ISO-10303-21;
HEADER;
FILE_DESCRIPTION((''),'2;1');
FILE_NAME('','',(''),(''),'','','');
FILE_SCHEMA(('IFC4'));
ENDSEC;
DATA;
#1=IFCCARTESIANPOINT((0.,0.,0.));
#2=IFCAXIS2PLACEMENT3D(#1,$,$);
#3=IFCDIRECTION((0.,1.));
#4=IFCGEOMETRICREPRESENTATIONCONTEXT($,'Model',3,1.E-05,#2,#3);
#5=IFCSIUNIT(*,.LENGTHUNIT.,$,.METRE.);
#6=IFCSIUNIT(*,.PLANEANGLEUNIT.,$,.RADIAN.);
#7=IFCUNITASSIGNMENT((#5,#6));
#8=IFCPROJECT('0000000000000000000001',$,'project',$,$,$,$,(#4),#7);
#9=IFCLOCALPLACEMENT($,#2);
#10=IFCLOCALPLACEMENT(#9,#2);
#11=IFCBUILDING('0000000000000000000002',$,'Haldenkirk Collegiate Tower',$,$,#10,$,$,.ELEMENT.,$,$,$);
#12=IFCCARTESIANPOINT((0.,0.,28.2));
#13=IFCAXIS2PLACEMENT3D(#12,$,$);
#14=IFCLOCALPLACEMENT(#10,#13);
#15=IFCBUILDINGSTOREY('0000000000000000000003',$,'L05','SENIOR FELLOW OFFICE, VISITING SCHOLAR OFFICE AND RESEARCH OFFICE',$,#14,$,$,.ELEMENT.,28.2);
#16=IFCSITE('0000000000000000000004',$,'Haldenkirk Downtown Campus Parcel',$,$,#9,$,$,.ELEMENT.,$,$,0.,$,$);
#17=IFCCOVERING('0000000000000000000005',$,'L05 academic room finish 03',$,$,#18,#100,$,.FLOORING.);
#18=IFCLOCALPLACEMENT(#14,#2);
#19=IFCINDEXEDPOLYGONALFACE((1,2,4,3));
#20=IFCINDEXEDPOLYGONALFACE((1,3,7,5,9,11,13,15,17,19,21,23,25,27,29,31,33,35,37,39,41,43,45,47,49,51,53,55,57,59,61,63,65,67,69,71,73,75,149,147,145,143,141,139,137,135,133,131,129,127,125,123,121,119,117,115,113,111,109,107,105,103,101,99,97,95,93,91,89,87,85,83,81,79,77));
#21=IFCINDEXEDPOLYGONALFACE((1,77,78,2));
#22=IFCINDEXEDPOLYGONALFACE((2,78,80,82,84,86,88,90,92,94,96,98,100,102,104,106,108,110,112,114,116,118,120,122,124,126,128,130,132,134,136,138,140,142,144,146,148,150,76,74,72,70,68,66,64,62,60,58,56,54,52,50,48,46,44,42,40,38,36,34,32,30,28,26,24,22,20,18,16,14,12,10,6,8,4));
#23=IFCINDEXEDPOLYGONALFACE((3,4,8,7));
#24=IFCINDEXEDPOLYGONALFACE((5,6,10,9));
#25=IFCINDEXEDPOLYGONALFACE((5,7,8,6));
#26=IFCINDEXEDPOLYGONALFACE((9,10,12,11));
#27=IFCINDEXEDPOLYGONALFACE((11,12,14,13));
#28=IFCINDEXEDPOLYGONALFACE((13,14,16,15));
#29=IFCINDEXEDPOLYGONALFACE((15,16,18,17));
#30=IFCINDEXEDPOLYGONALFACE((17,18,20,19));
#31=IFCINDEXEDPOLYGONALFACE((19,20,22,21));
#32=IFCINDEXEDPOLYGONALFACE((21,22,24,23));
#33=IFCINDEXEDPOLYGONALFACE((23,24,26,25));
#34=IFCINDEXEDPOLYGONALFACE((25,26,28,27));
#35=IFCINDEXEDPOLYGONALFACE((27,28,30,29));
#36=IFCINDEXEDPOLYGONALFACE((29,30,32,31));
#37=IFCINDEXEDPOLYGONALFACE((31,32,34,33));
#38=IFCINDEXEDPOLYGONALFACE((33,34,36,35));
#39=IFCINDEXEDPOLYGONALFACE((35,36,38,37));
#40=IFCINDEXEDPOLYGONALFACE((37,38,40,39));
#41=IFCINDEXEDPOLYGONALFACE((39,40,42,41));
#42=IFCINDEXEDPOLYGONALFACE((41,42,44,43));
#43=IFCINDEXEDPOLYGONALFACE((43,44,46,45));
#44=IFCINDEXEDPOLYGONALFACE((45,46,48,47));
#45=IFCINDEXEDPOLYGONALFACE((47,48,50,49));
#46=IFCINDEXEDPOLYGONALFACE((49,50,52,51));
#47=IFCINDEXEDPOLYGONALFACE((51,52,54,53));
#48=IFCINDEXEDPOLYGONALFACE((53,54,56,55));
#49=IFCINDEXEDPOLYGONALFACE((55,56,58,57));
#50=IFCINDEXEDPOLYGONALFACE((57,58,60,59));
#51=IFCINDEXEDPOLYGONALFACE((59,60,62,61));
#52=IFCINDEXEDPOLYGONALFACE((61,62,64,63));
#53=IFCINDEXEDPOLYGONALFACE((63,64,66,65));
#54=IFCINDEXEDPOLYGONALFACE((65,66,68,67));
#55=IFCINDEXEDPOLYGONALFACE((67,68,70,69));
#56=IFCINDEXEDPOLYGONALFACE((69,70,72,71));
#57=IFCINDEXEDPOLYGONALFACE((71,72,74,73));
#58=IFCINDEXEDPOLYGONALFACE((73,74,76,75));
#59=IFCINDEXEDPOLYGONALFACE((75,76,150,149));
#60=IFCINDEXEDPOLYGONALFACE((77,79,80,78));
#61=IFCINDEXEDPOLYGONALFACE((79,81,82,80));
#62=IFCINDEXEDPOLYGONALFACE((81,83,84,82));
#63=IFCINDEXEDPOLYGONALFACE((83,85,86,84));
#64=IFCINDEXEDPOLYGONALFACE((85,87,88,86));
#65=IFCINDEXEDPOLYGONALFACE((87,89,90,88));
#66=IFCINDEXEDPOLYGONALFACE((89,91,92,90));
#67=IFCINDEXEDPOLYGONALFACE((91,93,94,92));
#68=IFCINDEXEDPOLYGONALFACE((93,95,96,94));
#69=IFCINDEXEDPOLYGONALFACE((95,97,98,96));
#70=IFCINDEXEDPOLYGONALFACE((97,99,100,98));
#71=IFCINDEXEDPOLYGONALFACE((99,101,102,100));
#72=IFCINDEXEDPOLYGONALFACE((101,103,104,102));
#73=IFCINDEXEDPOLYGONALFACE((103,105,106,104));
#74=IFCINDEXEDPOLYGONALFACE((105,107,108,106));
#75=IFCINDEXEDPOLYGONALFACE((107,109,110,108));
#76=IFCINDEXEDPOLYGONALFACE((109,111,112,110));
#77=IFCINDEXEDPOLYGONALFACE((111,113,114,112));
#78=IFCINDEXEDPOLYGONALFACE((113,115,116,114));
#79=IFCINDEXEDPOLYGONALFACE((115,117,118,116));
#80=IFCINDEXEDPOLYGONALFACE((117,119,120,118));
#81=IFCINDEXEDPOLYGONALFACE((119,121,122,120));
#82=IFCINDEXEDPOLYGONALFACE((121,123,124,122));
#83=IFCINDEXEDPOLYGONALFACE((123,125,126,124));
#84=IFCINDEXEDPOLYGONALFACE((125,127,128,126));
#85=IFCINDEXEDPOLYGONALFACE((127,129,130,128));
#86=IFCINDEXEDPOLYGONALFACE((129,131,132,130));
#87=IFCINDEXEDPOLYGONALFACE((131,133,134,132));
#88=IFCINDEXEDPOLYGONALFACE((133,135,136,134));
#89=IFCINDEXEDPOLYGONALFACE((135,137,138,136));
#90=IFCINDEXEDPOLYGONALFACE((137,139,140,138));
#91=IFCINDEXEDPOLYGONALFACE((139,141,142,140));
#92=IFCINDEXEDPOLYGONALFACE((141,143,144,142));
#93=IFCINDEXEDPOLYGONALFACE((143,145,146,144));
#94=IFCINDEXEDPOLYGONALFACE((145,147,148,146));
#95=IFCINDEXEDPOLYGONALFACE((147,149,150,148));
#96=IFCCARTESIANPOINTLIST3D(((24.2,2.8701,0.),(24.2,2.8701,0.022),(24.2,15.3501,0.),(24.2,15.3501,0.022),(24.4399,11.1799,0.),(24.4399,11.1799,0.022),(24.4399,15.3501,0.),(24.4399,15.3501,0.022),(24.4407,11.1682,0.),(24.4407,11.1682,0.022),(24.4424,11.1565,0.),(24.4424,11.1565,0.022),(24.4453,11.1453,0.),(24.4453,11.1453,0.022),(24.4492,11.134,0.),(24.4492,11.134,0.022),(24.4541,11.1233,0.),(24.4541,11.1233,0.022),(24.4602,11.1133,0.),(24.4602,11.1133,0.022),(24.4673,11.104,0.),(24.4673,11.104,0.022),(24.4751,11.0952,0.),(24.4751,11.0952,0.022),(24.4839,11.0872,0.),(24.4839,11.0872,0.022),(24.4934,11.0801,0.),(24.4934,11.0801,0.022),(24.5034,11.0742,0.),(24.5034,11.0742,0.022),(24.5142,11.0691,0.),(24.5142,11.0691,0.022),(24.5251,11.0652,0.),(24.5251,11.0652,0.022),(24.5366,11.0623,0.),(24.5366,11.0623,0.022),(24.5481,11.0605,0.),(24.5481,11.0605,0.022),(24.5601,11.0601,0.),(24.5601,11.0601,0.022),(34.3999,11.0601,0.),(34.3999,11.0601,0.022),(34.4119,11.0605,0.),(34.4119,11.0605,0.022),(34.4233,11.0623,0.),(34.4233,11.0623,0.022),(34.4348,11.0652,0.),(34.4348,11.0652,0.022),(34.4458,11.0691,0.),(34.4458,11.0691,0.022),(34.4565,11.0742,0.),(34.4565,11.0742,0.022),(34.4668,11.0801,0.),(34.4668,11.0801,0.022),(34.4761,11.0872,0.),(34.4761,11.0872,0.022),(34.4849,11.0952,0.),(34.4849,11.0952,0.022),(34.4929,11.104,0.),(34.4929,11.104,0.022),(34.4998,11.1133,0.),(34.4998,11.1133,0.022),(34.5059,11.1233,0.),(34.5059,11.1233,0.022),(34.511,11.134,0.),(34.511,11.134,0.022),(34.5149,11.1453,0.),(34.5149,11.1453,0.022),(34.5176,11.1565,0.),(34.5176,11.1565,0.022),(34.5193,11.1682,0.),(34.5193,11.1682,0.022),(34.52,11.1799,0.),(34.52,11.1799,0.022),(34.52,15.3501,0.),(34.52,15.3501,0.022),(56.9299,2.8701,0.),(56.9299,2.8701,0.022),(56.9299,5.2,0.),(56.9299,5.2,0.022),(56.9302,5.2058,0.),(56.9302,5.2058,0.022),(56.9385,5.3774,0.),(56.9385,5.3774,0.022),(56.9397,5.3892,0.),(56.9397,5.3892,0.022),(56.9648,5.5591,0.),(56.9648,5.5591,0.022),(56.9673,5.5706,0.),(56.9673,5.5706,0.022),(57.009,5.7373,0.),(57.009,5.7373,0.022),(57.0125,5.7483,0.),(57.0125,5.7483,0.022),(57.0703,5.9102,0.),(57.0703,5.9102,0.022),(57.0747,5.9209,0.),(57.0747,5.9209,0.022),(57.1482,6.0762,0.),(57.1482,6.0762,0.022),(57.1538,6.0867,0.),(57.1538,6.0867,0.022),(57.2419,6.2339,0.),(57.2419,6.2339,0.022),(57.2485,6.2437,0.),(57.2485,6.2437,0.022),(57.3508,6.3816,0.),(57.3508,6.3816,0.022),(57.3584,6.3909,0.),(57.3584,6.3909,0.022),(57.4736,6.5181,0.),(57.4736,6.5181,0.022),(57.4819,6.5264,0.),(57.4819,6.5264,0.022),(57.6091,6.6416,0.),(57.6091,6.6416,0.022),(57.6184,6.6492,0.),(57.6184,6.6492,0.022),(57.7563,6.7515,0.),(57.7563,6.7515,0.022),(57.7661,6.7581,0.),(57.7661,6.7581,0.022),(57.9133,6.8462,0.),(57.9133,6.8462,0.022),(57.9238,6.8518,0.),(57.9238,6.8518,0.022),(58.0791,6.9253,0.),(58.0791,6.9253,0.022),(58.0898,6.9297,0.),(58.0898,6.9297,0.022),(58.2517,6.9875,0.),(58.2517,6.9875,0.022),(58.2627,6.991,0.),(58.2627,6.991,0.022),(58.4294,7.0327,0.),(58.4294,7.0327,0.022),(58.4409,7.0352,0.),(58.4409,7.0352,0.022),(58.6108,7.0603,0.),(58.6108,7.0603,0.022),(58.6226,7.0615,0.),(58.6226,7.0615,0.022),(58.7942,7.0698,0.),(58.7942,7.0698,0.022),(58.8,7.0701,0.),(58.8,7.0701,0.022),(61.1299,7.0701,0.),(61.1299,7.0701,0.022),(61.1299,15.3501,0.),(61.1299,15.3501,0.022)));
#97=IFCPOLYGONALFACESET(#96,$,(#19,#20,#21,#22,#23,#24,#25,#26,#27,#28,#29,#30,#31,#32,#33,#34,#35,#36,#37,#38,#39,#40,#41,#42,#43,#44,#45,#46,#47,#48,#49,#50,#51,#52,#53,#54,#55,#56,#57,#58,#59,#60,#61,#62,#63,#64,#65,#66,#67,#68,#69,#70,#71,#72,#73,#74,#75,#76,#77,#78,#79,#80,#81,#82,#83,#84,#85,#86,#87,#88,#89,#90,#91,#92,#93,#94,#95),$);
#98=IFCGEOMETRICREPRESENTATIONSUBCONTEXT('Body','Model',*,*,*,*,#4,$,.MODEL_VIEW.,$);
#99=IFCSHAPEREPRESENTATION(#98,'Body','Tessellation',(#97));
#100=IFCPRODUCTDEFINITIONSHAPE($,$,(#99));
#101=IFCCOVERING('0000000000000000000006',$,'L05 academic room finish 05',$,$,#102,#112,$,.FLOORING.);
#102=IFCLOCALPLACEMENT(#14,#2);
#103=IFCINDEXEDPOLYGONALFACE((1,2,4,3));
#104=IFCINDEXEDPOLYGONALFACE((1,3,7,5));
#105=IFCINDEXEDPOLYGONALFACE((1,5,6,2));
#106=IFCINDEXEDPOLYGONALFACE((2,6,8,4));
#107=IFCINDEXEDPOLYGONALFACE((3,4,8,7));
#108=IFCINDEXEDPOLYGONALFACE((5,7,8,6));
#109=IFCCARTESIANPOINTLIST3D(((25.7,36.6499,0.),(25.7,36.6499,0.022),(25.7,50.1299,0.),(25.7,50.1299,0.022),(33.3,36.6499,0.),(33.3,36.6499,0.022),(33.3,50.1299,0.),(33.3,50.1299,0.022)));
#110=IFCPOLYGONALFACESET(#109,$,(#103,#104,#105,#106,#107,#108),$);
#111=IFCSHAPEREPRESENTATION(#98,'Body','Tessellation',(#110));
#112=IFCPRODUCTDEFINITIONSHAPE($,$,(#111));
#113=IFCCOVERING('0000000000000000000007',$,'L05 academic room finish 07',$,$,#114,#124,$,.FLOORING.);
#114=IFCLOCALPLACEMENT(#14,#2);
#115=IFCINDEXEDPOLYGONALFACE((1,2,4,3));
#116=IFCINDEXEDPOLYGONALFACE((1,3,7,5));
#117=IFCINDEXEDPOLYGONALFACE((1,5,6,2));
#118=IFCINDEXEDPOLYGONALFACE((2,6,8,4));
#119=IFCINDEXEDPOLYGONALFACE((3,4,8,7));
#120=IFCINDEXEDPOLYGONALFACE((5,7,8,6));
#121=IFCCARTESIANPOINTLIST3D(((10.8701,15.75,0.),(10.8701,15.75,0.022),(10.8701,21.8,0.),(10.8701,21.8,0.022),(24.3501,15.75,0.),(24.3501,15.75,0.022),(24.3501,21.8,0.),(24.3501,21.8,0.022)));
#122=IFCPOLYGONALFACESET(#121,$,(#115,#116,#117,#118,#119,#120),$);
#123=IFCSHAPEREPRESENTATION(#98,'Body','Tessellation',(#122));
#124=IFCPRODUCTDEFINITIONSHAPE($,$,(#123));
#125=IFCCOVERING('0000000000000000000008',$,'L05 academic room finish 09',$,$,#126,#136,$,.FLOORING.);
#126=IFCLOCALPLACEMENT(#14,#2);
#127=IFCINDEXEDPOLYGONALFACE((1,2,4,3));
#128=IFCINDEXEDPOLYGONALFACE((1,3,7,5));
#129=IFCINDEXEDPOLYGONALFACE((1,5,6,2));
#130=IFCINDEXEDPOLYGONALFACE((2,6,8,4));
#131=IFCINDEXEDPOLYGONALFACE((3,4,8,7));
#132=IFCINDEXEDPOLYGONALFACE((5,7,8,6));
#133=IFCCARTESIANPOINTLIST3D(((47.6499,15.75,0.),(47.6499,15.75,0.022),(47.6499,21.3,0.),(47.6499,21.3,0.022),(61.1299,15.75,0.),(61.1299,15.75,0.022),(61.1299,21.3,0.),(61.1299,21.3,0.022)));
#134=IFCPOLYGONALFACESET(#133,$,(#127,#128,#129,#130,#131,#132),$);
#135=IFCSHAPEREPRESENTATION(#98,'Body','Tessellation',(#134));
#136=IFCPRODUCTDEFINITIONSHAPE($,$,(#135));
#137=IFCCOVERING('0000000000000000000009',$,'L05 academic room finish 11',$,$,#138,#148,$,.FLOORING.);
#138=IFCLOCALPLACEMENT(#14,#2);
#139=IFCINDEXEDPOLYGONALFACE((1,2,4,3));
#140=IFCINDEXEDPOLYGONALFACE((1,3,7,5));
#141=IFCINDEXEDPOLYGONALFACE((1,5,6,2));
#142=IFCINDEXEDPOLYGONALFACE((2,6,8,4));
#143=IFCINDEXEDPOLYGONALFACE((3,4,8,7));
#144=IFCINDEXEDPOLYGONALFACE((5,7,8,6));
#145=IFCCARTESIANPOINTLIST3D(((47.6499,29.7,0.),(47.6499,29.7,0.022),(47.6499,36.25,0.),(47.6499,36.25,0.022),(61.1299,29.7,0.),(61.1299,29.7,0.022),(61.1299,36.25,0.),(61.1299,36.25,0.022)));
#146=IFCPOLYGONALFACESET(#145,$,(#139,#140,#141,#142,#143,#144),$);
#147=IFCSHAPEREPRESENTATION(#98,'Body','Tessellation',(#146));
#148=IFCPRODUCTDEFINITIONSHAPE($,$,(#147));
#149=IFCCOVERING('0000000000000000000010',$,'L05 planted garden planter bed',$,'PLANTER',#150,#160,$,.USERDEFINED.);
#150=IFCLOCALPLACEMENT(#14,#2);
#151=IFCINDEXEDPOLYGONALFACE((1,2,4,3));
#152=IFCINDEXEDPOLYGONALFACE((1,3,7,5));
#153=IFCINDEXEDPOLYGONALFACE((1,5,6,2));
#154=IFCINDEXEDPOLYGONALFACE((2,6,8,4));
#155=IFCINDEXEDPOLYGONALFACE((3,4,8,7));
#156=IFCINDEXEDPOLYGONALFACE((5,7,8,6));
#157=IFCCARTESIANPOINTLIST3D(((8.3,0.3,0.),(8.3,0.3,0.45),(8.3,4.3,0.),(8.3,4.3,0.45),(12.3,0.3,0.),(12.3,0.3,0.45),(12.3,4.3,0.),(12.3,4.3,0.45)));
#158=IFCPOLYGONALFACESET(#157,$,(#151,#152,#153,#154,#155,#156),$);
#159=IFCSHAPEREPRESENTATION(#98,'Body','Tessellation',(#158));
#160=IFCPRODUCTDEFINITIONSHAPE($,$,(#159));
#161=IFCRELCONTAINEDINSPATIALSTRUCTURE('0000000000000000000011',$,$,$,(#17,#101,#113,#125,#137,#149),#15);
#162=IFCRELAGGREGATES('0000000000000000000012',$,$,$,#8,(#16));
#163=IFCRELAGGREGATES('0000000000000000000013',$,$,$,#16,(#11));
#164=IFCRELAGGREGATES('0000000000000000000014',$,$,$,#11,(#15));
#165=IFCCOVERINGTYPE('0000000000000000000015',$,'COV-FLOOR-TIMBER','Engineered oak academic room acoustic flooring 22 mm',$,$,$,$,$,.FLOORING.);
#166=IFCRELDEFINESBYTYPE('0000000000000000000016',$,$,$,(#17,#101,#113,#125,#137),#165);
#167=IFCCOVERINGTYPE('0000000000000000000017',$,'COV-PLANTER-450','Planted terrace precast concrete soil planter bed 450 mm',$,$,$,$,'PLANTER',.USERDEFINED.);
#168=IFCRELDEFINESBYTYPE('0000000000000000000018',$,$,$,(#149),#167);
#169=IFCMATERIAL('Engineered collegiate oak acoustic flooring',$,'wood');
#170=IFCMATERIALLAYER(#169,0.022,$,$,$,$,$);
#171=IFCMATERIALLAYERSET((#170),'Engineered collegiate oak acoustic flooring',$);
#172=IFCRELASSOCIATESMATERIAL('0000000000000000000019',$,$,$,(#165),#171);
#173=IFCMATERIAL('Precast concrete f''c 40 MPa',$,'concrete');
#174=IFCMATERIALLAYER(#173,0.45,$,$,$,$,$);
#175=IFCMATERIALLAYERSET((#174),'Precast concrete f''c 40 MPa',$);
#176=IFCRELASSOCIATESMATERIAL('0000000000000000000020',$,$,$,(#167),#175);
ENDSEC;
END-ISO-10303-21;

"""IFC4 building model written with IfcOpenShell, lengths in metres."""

from ifc_helpers import new_model, si_unit, direction, frame, origin, place, context, subcontext, project, spatial, polyline, outline, extrude, material, layer, layer_set, type_object, element, save


model = new_model("IFC4")

# Units and contexts
model_context = context("Model", 3, precision=1e-05, world=origin(), true_north=direction((0.0, 1.0)))
body_context = subcontext(model_context, "Body", "Model", "MODEL_VIEW")
ifc_project = project(units=[si_unit("LENGTHUNIT", "METRE"), si_unit("PLANEANGLEUNIT", "RADIAN")], contexts=[model_context])

# Site, building, storey
site_placement = place(None, origin())
site = spatial("IfcSite", under=ifc_project, at=site_placement, Name="Haldenkirk Downtown Campus Parcel", CompositionType="ELEMENT", RefElevation=0.0)
building_placement = place(site_placement, origin())
building = spatial("IfcBuilding", under=site, at=building_placement, Name="Haldenkirk Collegiate Tower", CompositionType="ELEMENT")
storey_placement = place(building_placement, frame((0.0, 0.0, 28.2)))
storey = spatial("IfcBuildingStorey", under=building, at=storey_placement, Name="L05", Description="SENIOR FELLOW OFFICE, VISITING SCHOLAR OFFICE AND RESEARCH OFFICE", CompositionType="ELEMENT", Elevation=28.2)

# Shared definitions
ifc_material_1 = material(Name="Precast concrete f'c 40 MPa", Category="concrete")

# Coverings
ifc_material_2 = material(Name="Engineered collegiate oak acoustic flooring", Category="wood")
ifc_layer_1 = layer(ifc_material_2, 0.022)
ifc_layer_set_1 = layer_set([ifc_layer_1], Name="Engineered collegiate oak acoustic flooring")
covering_type_1 = type_object("IfcCoveringType", Name="COV-FLOOR-TIMBER", Description="Engineered oak academic room acoustic flooring 22 mm", PredefinedType="FLOORING", material=ifc_layer_set_1)
covering_1_placement = place(storey_placement, origin())
element("IfcCovering", 1, at=covering_1_placement, inside=storey, type_object=covering_type_1, Name="L05 academic room finish 03", PredefinedType="FLOORING", context=body_context, shape_type="SweptSolid", body=[
    extrude(outline(polyline([(24.4399, 11.1799), (24.4407, 11.1682), (24.4424, 11.1565), (24.4453, 11.1453), (24.4492, 11.134), (24.4541, 11.1233), (24.4602, 11.1133), (24.4673, 11.104), (24.4751, 11.0952), (24.4839, 11.0872), (24.4934, 11.0801), (24.5034, 11.0742), (24.5142, 11.0691), (24.5251, 11.0652), (24.5366, 11.0623), (24.5481, 11.0605), (24.5601, 11.0601), (34.3999, 11.0601), (34.4119, 11.0605), (34.4233, 11.0623), (34.4348, 11.0652), (34.4458, 11.0691), (34.4565, 11.0742), (34.4668, 11.0801), (34.4761, 11.0872), (34.4849, 11.0952), (34.4929, 11.104), (34.4998, 11.1133), (34.5059, 11.1233), (34.511, 11.134), (34.5149, 11.1453), (34.5176, 11.1565), (34.5193, 11.1682), (34.52, 11.1799), (34.52, 15.3501), (61.1299, 15.3501), (61.1299, 7.0701), (58.8, 7.0701), (58.7942, 7.0698), (58.6226, 7.0615), (58.6108, 7.0603), (58.4409, 7.0352), (58.4294, 7.0327), (58.2627, 6.991), (58.2517, 6.9875), (58.0898, 6.9297), (58.0791, 6.9253), (57.9238, 6.8518), (57.9133, 6.8462), (57.7661, 6.7581), (57.7563, 6.7515), (57.6184, 6.6492), (57.6091, 6.6416), (57.4819, 6.5264), (57.4736, 6.5181), (57.3584, 6.3909), (57.3508, 6.3816), (57.2485, 6.2437), (57.2419, 6.2339), (57.1538, 6.0867), (57.1482, 6.0762), (57.0747, 5.9209), (57.0703, 5.9102), (57.0125, 5.7483), (57.009, 5.7373), (56.9673, 5.5706), (56.9648, 5.5591), (56.9397, 5.3892), (56.9385, 5.3774), (56.9302, 5.2058), (56.9299, 5.2), (56.9299, 2.8701), (24.2, 2.8701), (24.2, 15.3501), (24.4399, 15.3501), (24.4399, 11.1799)])), origin(), (0.0, 0.0, 1.0), 0.022),
])
covering_2_placement = place(storey_placement, origin())
element("IfcCovering", 2, at=covering_2_placement, inside=storey, type_object=covering_type_1, Name="L05 academic room finish 05", PredefinedType="FLOORING", context=body_context, shape_type="SweptSolid", body=[
    extrude(outline(polyline([(33.3, 50.1299), (33.3, 36.6499), (25.7, 36.6499), (25.7, 50.1299), (33.3, 50.1299)])), origin(), (0.0, 0.0, 1.0), 0.022),
])
covering_3_placement = place(storey_placement, origin())
element("IfcCovering", 3, at=covering_3_placement, inside=storey, type_object=covering_type_1, Name="L05 academic room finish 07", PredefinedType="FLOORING", context=body_context, shape_type="SweptSolid", body=[
    extrude(outline(polyline([(10.8701, 21.8), (24.3501, 21.8), (24.3501, 15.75), (10.8701, 15.75), (10.8701, 21.8)])), origin(), (0.0, 0.0, 1.0), 0.022),
])
covering_4_placement = place(storey_placement, origin())
element("IfcCovering", 4, at=covering_4_placement, inside=storey, type_object=covering_type_1, Name="L05 academic room finish 09", PredefinedType="FLOORING", context=body_context, shape_type="SweptSolid", body=[
    extrude(outline(polyline([(61.1299, 15.75), (47.6499, 15.75), (47.6499, 21.3), (61.1299, 21.3), (61.1299, 15.75)])), origin(), (0.0, 0.0, 1.0), 0.022),
])
covering_5_placement = place(storey_placement, origin())
element("IfcCovering", 5, at=covering_5_placement, inside=storey, type_object=covering_type_1, Name="L05 academic room finish 11", PredefinedType="FLOORING", context=body_context, shape_type="SweptSolid", body=[
    extrude(outline(polyline([(61.1299, 29.7), (47.6499, 29.7), (47.6499, 36.25), (61.1299, 36.25), (61.1299, 29.7)])), origin(), (0.0, 0.0, 1.0), 0.022),
])
ifc_layer_2 = layer(ifc_material_1, 0.45)
ifc_layer_set_2 = layer_set([ifc_layer_2], Name="Precast concrete f'c 40 MPa")
covering_type_2 = type_object("IfcCoveringType", Name="COV-PLANTER-450", Description="Planted terrace precast concrete soil planter bed 450 mm", ElementType="PLANTER", PredefinedType="USERDEFINED", material=ifc_layer_set_2)
covering_6_placement = place(storey_placement, origin())
element("IfcCovering", 6, at=covering_6_placement, inside=storey, type_object=covering_type_2, Name="L05 planted garden planter bed", ObjectType="PLANTER", PredefinedType="USERDEFINED", context=body_context, shape_type="SweptSolid", body=[
    extrude(outline(polyline([(8.3, 0.3), (8.3, 4.3), (12.3, 4.3), (12.3, 0.3), (8.3, 0.3)])), origin(), (0.0, 0.0, 1.0), 0.45),
])

save(model, "model.ifc")
